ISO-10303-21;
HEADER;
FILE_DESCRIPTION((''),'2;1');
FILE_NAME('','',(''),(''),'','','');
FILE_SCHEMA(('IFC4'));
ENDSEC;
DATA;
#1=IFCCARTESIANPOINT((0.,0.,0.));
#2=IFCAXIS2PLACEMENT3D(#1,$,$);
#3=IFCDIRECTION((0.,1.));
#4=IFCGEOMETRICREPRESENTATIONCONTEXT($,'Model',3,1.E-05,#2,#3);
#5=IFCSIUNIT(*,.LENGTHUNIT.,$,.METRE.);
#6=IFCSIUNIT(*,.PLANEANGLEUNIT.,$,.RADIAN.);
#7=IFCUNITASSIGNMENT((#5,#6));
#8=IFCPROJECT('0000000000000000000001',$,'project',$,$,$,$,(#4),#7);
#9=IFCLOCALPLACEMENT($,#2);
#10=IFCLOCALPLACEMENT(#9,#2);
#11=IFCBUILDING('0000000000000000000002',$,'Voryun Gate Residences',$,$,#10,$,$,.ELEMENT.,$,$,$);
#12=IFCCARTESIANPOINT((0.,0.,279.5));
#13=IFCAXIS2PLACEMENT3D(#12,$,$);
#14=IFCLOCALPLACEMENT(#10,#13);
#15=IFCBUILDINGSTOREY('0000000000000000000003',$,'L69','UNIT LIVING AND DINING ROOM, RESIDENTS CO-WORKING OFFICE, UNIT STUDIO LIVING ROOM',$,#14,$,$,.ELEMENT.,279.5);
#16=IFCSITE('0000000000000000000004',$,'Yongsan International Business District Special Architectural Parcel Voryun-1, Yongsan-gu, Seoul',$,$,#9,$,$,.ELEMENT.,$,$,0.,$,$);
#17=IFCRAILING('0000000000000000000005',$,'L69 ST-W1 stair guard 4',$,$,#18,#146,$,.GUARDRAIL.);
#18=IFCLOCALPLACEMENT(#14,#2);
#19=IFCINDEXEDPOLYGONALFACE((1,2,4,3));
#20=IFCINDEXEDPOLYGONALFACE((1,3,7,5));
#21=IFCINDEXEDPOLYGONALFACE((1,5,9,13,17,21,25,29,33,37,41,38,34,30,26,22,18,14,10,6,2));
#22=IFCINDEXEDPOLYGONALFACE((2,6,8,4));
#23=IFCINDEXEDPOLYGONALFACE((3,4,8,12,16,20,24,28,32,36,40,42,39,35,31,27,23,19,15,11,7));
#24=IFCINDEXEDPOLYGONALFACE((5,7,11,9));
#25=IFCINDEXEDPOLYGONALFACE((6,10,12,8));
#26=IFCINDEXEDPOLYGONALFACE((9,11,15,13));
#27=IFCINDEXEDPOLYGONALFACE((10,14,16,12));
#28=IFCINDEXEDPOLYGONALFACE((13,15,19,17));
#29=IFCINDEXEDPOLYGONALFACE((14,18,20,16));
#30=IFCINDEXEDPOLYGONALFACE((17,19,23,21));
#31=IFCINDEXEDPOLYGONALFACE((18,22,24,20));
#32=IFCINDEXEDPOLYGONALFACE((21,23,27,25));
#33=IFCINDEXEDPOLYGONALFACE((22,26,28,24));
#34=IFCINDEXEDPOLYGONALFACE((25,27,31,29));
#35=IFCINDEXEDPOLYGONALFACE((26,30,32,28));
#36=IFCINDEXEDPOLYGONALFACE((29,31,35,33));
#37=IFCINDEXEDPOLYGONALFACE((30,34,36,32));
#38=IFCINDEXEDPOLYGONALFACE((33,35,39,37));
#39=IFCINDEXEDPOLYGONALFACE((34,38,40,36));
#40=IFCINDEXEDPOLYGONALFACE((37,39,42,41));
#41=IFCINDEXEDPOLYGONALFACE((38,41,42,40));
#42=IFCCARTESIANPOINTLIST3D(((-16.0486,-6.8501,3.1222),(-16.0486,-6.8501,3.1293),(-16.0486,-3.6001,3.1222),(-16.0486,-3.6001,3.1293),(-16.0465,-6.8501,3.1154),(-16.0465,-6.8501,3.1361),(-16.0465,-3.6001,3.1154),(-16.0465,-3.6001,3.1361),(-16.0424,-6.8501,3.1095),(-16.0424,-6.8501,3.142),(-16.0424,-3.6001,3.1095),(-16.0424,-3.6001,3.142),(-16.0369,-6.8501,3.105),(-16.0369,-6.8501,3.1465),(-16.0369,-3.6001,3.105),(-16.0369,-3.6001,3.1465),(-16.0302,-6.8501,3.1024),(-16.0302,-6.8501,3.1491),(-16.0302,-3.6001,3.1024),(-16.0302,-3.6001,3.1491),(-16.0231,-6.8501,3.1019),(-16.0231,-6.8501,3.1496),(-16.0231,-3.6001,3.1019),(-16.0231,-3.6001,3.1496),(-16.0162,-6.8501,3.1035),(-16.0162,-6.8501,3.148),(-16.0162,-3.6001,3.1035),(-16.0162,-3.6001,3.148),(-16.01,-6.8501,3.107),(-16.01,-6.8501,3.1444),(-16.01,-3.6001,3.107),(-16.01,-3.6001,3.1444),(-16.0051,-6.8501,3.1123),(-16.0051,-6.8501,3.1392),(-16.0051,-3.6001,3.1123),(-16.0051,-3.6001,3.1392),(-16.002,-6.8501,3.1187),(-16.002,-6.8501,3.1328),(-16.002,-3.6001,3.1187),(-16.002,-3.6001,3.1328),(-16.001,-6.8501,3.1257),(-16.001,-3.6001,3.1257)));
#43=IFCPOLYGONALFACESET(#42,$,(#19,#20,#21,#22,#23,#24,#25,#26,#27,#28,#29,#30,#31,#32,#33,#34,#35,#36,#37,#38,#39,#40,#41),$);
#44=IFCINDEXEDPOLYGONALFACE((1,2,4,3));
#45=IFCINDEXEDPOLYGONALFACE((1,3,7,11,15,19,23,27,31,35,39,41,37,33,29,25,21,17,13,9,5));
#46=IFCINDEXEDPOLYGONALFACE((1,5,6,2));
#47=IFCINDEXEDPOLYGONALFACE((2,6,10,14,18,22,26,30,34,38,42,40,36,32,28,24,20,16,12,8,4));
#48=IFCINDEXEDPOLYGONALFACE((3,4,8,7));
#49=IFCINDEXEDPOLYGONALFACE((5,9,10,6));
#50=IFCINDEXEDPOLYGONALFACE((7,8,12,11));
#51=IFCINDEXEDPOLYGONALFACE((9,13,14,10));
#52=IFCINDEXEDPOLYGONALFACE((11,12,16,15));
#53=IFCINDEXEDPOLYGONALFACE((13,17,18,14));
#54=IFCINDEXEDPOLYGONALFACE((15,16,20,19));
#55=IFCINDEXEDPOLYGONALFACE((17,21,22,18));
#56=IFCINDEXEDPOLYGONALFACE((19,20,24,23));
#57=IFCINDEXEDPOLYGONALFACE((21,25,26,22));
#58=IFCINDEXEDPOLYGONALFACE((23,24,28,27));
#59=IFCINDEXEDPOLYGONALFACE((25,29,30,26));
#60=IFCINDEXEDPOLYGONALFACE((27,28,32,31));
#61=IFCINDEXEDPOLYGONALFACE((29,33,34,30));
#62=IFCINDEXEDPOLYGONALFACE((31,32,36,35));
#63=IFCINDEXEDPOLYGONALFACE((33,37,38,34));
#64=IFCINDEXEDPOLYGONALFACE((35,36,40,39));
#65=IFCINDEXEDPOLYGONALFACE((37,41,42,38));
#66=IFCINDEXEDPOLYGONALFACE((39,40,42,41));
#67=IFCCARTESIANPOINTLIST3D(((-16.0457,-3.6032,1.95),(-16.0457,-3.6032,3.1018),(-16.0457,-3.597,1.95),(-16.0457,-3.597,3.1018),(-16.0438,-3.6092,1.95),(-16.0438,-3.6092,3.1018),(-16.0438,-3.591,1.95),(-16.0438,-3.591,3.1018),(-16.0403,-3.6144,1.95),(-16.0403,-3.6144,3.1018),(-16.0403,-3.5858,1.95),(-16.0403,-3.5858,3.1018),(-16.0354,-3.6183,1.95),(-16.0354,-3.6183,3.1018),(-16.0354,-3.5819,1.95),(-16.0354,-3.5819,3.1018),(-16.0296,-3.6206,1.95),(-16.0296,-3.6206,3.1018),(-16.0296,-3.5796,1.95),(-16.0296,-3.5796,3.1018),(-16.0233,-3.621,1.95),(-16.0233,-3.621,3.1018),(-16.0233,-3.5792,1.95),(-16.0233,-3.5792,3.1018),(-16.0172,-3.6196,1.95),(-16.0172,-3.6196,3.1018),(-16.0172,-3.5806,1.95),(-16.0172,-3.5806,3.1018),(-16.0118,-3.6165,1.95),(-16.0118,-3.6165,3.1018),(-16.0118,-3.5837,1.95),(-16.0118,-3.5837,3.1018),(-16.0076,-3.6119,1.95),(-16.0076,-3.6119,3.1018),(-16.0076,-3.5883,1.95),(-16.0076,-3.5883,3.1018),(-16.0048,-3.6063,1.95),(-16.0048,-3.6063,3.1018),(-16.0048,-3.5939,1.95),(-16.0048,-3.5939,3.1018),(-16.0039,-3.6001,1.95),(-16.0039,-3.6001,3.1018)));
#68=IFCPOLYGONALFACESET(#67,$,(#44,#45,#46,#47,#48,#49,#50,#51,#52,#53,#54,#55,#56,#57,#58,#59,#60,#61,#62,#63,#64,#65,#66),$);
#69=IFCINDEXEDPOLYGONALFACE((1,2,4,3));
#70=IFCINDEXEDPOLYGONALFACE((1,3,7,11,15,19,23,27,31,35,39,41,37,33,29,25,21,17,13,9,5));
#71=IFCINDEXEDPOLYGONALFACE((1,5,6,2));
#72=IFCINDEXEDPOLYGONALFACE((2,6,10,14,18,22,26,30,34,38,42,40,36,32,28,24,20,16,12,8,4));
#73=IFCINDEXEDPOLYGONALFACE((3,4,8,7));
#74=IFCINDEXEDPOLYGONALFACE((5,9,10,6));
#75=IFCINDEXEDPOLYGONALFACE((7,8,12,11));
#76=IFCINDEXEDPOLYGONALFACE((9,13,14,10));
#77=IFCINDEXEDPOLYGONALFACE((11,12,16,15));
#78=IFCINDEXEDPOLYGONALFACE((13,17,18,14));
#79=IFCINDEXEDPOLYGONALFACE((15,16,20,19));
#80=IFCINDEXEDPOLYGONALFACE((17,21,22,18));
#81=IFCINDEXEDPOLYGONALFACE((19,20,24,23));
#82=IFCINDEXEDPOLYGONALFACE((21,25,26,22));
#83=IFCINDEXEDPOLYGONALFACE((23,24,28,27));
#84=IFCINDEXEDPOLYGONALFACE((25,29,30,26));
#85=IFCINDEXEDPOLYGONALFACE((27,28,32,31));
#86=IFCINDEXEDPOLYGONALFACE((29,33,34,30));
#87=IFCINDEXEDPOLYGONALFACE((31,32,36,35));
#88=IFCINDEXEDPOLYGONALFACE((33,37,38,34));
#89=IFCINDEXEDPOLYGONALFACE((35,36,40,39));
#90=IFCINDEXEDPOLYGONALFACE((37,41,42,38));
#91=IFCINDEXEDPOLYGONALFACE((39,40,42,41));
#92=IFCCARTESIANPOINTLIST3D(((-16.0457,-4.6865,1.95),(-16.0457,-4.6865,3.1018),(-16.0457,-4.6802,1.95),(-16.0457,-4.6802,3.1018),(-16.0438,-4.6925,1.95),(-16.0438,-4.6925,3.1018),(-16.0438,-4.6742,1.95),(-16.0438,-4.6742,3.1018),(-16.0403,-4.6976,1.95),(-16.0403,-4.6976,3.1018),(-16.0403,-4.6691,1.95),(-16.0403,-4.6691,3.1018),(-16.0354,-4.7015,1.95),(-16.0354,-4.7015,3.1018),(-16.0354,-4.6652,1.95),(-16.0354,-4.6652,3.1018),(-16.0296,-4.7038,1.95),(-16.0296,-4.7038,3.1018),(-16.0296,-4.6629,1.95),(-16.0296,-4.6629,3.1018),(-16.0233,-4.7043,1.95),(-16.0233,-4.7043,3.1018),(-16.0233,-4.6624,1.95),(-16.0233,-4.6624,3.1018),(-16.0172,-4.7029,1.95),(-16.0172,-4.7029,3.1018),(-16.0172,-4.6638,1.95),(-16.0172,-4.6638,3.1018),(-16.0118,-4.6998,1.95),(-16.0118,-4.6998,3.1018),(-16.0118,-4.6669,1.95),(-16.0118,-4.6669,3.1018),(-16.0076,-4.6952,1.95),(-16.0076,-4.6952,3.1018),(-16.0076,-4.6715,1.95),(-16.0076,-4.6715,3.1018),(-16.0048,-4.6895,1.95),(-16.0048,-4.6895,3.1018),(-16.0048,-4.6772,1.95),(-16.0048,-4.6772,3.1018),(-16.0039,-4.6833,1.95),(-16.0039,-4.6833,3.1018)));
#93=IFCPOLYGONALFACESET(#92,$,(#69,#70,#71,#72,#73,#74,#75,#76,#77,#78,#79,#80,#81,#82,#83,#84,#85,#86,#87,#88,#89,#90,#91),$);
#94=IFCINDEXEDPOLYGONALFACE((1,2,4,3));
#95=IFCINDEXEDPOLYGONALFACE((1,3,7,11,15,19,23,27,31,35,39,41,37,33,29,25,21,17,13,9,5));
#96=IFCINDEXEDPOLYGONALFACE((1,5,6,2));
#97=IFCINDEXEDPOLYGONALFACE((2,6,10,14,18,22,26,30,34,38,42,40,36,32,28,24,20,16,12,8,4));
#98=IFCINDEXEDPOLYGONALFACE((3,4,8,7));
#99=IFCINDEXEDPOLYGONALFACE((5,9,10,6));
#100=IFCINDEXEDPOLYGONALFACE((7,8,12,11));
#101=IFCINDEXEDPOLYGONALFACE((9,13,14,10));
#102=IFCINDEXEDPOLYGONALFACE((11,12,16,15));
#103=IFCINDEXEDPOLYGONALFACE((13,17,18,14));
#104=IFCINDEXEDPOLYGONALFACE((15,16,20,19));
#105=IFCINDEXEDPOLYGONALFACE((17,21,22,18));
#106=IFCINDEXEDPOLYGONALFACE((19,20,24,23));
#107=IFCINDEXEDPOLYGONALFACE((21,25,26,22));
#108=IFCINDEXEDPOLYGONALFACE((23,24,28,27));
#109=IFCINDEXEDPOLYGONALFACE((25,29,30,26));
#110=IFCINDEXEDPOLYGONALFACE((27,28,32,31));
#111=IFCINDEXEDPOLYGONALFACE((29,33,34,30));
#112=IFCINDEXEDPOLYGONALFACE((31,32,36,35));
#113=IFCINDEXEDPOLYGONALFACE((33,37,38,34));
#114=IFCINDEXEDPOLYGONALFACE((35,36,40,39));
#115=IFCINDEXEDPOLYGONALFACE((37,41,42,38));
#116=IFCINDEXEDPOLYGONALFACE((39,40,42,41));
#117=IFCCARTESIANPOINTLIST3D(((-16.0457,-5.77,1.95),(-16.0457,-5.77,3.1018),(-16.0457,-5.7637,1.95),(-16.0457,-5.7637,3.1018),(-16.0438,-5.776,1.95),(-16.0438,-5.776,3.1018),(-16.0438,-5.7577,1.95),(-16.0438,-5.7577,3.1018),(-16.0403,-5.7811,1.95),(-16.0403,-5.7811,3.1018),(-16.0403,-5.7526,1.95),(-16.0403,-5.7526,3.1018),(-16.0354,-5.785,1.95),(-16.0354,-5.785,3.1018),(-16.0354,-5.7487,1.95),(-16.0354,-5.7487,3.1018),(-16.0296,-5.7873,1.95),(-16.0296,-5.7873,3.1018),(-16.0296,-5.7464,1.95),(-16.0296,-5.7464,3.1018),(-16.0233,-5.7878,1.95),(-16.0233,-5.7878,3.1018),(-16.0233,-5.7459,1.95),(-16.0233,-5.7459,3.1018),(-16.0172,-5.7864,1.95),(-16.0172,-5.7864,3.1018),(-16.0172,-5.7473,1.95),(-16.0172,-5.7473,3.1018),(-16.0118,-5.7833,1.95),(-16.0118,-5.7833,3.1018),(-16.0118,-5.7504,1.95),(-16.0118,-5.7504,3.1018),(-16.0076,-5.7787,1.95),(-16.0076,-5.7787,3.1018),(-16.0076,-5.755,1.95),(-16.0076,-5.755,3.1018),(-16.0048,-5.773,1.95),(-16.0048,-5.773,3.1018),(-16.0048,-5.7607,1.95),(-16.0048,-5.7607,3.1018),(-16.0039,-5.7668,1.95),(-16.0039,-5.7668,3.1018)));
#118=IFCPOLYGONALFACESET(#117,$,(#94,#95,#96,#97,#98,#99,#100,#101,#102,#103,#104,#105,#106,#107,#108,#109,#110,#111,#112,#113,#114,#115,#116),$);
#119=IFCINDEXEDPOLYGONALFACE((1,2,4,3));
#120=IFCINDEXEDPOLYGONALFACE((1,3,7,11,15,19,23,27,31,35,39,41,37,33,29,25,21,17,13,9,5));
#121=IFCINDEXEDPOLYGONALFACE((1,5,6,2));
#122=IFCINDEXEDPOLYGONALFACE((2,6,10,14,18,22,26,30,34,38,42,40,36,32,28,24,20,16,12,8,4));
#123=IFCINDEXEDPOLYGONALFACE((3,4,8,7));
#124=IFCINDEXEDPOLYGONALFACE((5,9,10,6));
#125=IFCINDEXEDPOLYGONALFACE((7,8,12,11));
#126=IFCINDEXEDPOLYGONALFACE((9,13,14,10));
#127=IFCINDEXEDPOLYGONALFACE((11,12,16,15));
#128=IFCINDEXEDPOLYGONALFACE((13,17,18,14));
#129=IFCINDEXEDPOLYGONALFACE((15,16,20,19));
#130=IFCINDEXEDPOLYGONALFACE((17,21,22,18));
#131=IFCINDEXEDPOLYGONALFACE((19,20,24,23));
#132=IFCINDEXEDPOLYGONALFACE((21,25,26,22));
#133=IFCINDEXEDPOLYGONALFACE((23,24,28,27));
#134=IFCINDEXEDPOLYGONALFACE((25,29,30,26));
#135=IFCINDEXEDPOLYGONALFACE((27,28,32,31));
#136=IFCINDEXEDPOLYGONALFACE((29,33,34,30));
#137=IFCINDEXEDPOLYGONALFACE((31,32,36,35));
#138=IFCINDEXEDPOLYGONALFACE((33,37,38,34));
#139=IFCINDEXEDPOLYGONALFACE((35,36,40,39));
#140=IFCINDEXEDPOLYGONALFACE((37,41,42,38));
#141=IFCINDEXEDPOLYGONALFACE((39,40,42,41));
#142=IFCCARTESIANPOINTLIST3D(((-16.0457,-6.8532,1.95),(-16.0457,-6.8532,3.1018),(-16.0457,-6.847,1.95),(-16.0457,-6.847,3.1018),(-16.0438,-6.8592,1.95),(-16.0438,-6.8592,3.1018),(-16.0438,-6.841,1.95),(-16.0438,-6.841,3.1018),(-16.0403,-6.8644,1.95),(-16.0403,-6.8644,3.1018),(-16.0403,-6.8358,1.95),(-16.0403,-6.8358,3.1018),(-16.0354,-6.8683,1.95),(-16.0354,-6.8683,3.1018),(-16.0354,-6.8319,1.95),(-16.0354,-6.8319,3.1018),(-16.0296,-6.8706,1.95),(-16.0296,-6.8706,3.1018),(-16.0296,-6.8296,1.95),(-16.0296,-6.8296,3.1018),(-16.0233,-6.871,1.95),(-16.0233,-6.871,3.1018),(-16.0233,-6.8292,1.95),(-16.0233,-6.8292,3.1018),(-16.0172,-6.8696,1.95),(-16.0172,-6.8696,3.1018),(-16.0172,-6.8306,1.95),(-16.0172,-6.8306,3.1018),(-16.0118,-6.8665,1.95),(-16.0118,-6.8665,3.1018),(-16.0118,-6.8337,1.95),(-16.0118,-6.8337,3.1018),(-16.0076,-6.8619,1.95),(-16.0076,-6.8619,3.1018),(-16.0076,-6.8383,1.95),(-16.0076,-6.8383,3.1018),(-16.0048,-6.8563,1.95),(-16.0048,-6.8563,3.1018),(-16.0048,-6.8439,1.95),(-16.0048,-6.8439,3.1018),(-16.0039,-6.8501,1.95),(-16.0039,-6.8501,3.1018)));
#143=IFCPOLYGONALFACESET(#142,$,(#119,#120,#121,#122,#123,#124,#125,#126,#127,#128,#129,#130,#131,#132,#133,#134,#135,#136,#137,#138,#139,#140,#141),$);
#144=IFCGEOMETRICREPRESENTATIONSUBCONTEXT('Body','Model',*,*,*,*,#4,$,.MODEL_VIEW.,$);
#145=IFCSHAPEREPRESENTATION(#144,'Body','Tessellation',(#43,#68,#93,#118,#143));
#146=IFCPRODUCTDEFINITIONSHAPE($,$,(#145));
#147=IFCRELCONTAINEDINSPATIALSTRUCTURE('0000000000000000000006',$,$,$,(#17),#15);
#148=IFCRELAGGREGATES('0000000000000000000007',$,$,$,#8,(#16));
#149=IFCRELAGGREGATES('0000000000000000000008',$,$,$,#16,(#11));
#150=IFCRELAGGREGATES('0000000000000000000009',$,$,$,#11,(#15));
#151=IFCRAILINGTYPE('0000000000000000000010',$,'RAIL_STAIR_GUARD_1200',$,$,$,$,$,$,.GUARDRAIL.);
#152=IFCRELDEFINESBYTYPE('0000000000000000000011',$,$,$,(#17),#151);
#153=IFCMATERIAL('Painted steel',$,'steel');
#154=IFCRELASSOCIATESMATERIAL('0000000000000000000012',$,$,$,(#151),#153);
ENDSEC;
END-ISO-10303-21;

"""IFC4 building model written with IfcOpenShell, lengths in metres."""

from ifc_helpers import new_model, si_unit, direction, frame, origin, origin_2d, place, context, subcontext, project, spatial, circle, extrude, material, type_object, element, save


model = new_model("IFC4")

# Units and contexts
model_context = context("Model", 3, precision=1e-05, world=origin(), true_north=direction((0.0, 1.0)))
body_context = subcontext(model_context, "Body", "Model", "MODEL_VIEW")
ifc_project = project(units=[si_unit("LENGTHUNIT", "METRE"), si_unit("PLANEANGLEUNIT", "RADIAN")], contexts=[model_context])

# Site, building, storey
site_placement = place(None, origin())
site = spatial("IfcSite", under=ifc_project, at=site_placement, Name="Yongsan International Business District Special Architectural Parcel Voryun-1, Yongsan-gu, Seoul", CompositionType="ELEMENT", RefElevation=0.0)
building_placement = place(site_placement, origin())
building = spatial("IfcBuilding", under=site, at=building_placement, Name="Voryun Gate Residences", CompositionType="ELEMENT")
storey_placement = place(building_placement, frame((0.0, 0.0, 279.5)))
storey = spatial("IfcBuildingStorey", under=building, at=storey_placement, Name="L69", Description="UNIT LIVING AND DINING ROOM, RESIDENTS CO-WORKING OFFICE, UNIT STUDIO LIVING ROOM", CompositionType="ELEMENT", Elevation=279.5)

# Railing
ifc_material_1 = material(Name="Painted steel", Category="steel")
railing_type_1 = type_object("IfcRailingType", Name="RAIL_STAIR_GUARD_1200", PredefinedType="GUARDRAIL", material=ifc_material_1)
railing_1_placement = place(storey_placement, frame((-16.0249, -3.6001, 1.95)))
element("IfcRailing", 1, at=railing_1_placement, inside=storey, type_object=railing_type_1, Name="L69 ST-W1 stair guard 4", PredefinedType="GUARDRAIL", context=body_context, shape_type="SweptSolid", body=[
    extrude(circle(Radius=0.0239, at=origin_2d()), frame((0.0, 0.0, 1.1758), z_axis=(0.0, -1.0, 0.0), x_axis=(1.0, 0.0, 0.0)), (0.0, 0.0, 1.0), 3.25),
    extrude(circle(Radius=0.021, at=origin_2d()), origin(), (0.0, 0.0, 1.0), 1.1519),
    extrude(circle(Radius=0.021, at=origin_2d()), frame((0.0, -1.0833, 0.0)), (0.0, 0.0, 1.0), 1.1519),
    extrude(circle(Radius=0.021, at=origin_2d()), frame((0.0, -2.1667, 0.0)), (0.0, 0.0, 1.0), 1.1519),
    extrude(circle(Radius=0.021, at=origin_2d()), frame((0.0, -3.25, 0.0)), (0.0, 0.0, 1.0), 1.1519),
])

save(model, "model.ifc")
